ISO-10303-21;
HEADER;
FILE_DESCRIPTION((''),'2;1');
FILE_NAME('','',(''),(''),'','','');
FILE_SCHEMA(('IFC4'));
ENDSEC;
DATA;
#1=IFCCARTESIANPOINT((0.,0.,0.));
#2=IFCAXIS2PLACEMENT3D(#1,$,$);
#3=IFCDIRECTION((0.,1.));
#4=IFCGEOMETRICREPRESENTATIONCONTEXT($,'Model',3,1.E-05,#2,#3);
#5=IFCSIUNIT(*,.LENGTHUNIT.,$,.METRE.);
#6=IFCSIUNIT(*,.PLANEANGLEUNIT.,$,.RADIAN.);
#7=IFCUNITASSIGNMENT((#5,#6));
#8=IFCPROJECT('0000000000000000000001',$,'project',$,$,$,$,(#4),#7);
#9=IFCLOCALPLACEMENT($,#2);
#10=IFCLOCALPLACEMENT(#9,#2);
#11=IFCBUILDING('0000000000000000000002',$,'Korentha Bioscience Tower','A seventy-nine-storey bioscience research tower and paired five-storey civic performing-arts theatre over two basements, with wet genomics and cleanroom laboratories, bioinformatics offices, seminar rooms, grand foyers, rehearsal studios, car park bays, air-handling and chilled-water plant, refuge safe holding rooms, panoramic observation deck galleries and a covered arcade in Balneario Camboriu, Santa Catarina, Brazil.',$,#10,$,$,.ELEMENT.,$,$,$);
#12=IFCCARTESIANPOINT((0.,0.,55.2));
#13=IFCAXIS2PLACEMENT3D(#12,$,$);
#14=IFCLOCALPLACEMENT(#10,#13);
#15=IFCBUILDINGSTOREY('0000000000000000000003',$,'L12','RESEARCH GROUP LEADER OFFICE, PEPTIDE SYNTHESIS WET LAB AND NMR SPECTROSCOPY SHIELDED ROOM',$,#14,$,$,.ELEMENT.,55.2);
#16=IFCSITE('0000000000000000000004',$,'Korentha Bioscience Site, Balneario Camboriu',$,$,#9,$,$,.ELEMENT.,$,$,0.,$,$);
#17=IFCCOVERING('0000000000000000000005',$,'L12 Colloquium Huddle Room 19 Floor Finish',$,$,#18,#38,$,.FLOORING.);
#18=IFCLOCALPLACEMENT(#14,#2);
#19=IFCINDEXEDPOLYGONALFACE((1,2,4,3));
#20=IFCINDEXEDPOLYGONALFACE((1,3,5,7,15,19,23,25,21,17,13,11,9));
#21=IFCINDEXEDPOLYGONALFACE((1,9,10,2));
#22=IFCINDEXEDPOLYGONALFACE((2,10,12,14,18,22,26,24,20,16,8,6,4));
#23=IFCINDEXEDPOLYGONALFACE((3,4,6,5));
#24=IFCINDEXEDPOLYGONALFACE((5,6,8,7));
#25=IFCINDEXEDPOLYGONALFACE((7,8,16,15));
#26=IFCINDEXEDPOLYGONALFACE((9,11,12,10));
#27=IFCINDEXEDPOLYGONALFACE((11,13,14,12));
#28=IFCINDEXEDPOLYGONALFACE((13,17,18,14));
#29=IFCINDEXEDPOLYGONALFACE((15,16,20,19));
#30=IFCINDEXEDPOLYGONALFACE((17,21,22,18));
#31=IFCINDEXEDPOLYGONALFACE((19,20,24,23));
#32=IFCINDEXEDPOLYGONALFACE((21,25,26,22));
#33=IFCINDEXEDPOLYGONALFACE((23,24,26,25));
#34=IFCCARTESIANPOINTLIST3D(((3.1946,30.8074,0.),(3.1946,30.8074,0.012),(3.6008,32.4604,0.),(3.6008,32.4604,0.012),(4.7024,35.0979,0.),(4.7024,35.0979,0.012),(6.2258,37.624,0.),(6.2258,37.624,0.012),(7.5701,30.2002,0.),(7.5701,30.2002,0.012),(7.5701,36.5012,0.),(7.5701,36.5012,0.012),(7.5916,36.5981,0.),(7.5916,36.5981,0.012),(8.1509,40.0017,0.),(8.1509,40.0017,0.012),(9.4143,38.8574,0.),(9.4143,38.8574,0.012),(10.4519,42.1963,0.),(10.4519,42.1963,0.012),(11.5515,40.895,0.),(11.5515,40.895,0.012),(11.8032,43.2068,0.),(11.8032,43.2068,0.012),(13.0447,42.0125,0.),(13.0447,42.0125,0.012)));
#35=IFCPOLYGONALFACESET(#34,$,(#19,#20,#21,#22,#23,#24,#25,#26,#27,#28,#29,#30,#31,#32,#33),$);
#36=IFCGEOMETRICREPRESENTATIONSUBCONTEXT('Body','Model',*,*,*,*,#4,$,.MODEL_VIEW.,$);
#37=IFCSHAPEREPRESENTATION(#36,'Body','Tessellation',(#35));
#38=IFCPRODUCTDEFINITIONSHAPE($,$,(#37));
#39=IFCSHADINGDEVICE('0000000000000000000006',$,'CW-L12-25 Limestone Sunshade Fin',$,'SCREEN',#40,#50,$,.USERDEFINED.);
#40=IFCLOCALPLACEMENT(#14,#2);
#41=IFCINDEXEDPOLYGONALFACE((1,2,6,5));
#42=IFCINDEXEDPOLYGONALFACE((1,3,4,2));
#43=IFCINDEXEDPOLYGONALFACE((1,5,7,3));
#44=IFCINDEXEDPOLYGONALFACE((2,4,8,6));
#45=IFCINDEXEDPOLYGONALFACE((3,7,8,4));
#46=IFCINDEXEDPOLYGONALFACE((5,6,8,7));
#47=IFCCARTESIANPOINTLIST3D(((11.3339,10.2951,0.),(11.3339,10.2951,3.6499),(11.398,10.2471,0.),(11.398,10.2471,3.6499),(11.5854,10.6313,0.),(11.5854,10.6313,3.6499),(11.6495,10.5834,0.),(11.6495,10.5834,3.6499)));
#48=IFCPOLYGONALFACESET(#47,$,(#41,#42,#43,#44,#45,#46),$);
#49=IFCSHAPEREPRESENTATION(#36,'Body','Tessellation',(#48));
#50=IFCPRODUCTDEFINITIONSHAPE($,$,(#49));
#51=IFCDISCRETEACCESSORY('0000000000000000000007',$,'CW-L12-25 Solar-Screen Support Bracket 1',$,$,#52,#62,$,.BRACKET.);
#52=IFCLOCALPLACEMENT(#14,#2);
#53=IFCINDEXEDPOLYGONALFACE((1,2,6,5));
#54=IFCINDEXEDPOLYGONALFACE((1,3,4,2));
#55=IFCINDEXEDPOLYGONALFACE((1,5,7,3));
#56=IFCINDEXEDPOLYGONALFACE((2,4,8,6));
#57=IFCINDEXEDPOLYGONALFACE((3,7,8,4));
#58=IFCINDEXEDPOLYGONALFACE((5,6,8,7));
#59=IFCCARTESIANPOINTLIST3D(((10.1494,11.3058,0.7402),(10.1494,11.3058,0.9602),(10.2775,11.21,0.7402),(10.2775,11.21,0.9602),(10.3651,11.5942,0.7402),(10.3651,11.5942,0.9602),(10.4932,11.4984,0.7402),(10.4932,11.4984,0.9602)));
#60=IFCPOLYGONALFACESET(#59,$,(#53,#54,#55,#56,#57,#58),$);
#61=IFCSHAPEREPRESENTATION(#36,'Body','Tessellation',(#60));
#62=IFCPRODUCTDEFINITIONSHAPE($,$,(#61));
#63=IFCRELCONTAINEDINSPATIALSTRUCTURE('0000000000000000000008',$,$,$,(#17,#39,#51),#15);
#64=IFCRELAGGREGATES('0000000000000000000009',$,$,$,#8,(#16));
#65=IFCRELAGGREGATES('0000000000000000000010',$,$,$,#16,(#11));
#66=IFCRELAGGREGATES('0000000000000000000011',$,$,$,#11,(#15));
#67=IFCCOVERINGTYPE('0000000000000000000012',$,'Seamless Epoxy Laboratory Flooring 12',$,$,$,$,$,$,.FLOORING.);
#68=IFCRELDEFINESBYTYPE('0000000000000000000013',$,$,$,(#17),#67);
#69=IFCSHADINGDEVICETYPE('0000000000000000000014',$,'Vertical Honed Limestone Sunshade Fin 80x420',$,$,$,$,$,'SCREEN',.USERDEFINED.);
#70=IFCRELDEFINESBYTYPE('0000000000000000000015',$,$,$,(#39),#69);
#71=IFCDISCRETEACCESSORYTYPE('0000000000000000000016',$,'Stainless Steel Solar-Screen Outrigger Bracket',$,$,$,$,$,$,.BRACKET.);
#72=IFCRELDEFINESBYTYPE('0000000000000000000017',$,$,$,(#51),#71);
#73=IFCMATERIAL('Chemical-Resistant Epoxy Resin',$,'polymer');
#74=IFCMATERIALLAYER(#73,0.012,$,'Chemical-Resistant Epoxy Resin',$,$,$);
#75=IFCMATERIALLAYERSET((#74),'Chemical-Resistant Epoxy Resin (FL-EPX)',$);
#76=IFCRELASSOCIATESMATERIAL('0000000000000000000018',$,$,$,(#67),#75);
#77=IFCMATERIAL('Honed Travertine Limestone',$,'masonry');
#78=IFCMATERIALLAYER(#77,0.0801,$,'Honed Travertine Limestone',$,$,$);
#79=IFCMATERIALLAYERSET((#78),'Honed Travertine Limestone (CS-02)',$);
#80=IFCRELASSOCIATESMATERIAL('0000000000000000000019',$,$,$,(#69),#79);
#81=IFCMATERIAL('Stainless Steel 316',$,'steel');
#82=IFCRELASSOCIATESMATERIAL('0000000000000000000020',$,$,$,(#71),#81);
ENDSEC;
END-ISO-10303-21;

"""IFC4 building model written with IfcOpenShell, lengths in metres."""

from ifc_helpers import new_model, si_unit, direction, frame, origin, origin_2d, place, context, subcontext, project, spatial, polyline, rectangle, outline, extrude, material, layer, layer_set, type_object, element, save


model = new_model("IFC4")

# Units and contexts
model_context = context("Model", 3, precision=1e-05, world=origin(), true_north=direction((0.0, 1.0)))
body_context = subcontext(model_context, "Body", "Model", "MODEL_VIEW")
ifc_project = project(units=[si_unit("LENGTHUNIT", "METRE"), si_unit("PLANEANGLEUNIT", "RADIAN")], contexts=[model_context])

# Site, building, storey
site_placement = place(None, origin())
site = spatial("IfcSite", under=ifc_project, at=site_placement, Name="Korentha Bioscience Site, Balneario Camboriu", CompositionType="ELEMENT", RefElevation=0.0)
building_placement = place(site_placement, origin())
building = spatial("IfcBuilding", under=site, at=building_placement, Name="Korentha Bioscience Tower", Description="A seventy-nine-storey bioscience research tower and paired five-storey civic performing-arts theatre over two basements, with wet genomics and cleanroom laboratories, bioinformatics offices, seminar rooms, grand foyers, rehearsal studios, car park bays, air-handling and chilled-water plant, refuge safe holding rooms, panoramic observation deck galleries and a covered arcade in Balneario Camboriu, Santa Catarina, Brazil.", CompositionType="ELEMENT")
storey_placement = place(building_placement, frame((0.0, 0.0, 55.2)))
storey = spatial("IfcBuildingStorey", under=building, at=storey_placement, Name="L12", Description="RESEARCH GROUP LEADER OFFICE, PEPTIDE SYNTHESIS WET LAB AND NMR SPECTROSCOPY SHIELDED ROOM", CompositionType="ELEMENT", Elevation=55.2)

# Covering
ifc_material_1 = material(Name="Chemical-Resistant Epoxy Resin", Category="polymer")
ifc_layer_1 = layer(ifc_material_1, 0.012, Name="Chemical-Resistant Epoxy Resin")
ifc_layer_set_1 = layer_set([ifc_layer_1], Name="Chemical-Resistant Epoxy Resin (FL-EPX)")
covering_type_1 = type_object("IfcCoveringType", Name="Seamless Epoxy Laboratory Flooring 12", PredefinedType="FLOORING", material=ifc_layer_set_1)
covering_1_placement = place(storey_placement, origin())
element("IfcCovering", 1, at=covering_1_placement, inside=storey, type_object=covering_type_1, Name="L12 Colloquium Huddle Room 19 Floor Finish", PredefinedType="FLOORING", context=body_context, shape_type="SweptSolid", body=[
    extrude(outline(polyline([(4.7024, 35.0979), (6.2258, 37.624), (8.1509, 40.0017), (10.4519, 42.1963), (11.8032, 43.2068), (13.0447, 42.0125), (11.5515, 40.895), (9.4143, 38.8574), (7.5916, 36.5981), (7.5701, 36.5012), (7.5701, 30.2002), (3.1946, 30.8074), (3.6008, 32.4604), (4.7024, 35.0979)])), origin(), (0.0, 0.0, 1.0), 0.012),
])

# Shading device
ifc_material_2 = material(Name="Honed Travertine Limestone", Category="masonry")
ifc_layer_2 = layer(ifc_material_2, 0.0801, Name="Honed Travertine Limestone")
ifc_layer_set_2 = layer_set([ifc_layer_2], Name="Honed Travertine Limestone (CS-02)")
shading_device_type_1 = type_object("IfcShadingDeviceType", Name="Vertical Honed Limestone Sunshade Fin 80x420", ElementType="SCREEN", PredefinedType="USERDEFINED", material=ifc_layer_set_2)
shading_device_1_placement = place(storey_placement, frame((11.4917, 10.4392, 0.0), z_axis=(0.0, 0.0, 1.0), x_axis=(0.800798, -0.598935, 0.0)))
element("IfcShadingDevice", 2, at=shading_device_1_placement, inside=storey, type_object=shading_device_type_1, Name="CW-L12-25 Limestone Sunshade Fin", ObjectType="SCREEN", PredefinedType="USERDEFINED", context=body_context, shape_type="SweptSolid", body=[
    extrude(rectangle(XDim=0.0801, YDim=0.4199, at=origin_2d()), origin(), (0.0, 0.0, 1.0), 3.6499),
])

# Discrete accessory
ifc_material_3 = material(Name="Stainless Steel 316", Category="steel")
discrete_accessory_type = type_object("IfcDiscreteAccessoryType", Name="Stainless Steel Solar-Screen Outrigger Bracket", PredefinedType="BRACKET", material=ifc_material_3)
discrete_accessory_placement = place(storey_placement, frame((10.3213, 11.4021, 0.7402), z_axis=(0.0, 0.0, 1.0), x_axis=(0.800798, -0.598935, 0.0)))
element("IfcDiscreteAccessory", 3, at=discrete_accessory_placement, inside=storey, type_object=discrete_accessory_type, Name="CW-L12-25 Solar-Screen Support Bracket 1", PredefinedType="BRACKET", context=body_context, shape_type="SweptSolid", body=[
    extrude(rectangle(XDim=0.1599, YDim=0.3601, at=origin_2d()), origin(), (0.0, 0.0, 1.0), 0.22),
])

save(model, "model.ifc")
